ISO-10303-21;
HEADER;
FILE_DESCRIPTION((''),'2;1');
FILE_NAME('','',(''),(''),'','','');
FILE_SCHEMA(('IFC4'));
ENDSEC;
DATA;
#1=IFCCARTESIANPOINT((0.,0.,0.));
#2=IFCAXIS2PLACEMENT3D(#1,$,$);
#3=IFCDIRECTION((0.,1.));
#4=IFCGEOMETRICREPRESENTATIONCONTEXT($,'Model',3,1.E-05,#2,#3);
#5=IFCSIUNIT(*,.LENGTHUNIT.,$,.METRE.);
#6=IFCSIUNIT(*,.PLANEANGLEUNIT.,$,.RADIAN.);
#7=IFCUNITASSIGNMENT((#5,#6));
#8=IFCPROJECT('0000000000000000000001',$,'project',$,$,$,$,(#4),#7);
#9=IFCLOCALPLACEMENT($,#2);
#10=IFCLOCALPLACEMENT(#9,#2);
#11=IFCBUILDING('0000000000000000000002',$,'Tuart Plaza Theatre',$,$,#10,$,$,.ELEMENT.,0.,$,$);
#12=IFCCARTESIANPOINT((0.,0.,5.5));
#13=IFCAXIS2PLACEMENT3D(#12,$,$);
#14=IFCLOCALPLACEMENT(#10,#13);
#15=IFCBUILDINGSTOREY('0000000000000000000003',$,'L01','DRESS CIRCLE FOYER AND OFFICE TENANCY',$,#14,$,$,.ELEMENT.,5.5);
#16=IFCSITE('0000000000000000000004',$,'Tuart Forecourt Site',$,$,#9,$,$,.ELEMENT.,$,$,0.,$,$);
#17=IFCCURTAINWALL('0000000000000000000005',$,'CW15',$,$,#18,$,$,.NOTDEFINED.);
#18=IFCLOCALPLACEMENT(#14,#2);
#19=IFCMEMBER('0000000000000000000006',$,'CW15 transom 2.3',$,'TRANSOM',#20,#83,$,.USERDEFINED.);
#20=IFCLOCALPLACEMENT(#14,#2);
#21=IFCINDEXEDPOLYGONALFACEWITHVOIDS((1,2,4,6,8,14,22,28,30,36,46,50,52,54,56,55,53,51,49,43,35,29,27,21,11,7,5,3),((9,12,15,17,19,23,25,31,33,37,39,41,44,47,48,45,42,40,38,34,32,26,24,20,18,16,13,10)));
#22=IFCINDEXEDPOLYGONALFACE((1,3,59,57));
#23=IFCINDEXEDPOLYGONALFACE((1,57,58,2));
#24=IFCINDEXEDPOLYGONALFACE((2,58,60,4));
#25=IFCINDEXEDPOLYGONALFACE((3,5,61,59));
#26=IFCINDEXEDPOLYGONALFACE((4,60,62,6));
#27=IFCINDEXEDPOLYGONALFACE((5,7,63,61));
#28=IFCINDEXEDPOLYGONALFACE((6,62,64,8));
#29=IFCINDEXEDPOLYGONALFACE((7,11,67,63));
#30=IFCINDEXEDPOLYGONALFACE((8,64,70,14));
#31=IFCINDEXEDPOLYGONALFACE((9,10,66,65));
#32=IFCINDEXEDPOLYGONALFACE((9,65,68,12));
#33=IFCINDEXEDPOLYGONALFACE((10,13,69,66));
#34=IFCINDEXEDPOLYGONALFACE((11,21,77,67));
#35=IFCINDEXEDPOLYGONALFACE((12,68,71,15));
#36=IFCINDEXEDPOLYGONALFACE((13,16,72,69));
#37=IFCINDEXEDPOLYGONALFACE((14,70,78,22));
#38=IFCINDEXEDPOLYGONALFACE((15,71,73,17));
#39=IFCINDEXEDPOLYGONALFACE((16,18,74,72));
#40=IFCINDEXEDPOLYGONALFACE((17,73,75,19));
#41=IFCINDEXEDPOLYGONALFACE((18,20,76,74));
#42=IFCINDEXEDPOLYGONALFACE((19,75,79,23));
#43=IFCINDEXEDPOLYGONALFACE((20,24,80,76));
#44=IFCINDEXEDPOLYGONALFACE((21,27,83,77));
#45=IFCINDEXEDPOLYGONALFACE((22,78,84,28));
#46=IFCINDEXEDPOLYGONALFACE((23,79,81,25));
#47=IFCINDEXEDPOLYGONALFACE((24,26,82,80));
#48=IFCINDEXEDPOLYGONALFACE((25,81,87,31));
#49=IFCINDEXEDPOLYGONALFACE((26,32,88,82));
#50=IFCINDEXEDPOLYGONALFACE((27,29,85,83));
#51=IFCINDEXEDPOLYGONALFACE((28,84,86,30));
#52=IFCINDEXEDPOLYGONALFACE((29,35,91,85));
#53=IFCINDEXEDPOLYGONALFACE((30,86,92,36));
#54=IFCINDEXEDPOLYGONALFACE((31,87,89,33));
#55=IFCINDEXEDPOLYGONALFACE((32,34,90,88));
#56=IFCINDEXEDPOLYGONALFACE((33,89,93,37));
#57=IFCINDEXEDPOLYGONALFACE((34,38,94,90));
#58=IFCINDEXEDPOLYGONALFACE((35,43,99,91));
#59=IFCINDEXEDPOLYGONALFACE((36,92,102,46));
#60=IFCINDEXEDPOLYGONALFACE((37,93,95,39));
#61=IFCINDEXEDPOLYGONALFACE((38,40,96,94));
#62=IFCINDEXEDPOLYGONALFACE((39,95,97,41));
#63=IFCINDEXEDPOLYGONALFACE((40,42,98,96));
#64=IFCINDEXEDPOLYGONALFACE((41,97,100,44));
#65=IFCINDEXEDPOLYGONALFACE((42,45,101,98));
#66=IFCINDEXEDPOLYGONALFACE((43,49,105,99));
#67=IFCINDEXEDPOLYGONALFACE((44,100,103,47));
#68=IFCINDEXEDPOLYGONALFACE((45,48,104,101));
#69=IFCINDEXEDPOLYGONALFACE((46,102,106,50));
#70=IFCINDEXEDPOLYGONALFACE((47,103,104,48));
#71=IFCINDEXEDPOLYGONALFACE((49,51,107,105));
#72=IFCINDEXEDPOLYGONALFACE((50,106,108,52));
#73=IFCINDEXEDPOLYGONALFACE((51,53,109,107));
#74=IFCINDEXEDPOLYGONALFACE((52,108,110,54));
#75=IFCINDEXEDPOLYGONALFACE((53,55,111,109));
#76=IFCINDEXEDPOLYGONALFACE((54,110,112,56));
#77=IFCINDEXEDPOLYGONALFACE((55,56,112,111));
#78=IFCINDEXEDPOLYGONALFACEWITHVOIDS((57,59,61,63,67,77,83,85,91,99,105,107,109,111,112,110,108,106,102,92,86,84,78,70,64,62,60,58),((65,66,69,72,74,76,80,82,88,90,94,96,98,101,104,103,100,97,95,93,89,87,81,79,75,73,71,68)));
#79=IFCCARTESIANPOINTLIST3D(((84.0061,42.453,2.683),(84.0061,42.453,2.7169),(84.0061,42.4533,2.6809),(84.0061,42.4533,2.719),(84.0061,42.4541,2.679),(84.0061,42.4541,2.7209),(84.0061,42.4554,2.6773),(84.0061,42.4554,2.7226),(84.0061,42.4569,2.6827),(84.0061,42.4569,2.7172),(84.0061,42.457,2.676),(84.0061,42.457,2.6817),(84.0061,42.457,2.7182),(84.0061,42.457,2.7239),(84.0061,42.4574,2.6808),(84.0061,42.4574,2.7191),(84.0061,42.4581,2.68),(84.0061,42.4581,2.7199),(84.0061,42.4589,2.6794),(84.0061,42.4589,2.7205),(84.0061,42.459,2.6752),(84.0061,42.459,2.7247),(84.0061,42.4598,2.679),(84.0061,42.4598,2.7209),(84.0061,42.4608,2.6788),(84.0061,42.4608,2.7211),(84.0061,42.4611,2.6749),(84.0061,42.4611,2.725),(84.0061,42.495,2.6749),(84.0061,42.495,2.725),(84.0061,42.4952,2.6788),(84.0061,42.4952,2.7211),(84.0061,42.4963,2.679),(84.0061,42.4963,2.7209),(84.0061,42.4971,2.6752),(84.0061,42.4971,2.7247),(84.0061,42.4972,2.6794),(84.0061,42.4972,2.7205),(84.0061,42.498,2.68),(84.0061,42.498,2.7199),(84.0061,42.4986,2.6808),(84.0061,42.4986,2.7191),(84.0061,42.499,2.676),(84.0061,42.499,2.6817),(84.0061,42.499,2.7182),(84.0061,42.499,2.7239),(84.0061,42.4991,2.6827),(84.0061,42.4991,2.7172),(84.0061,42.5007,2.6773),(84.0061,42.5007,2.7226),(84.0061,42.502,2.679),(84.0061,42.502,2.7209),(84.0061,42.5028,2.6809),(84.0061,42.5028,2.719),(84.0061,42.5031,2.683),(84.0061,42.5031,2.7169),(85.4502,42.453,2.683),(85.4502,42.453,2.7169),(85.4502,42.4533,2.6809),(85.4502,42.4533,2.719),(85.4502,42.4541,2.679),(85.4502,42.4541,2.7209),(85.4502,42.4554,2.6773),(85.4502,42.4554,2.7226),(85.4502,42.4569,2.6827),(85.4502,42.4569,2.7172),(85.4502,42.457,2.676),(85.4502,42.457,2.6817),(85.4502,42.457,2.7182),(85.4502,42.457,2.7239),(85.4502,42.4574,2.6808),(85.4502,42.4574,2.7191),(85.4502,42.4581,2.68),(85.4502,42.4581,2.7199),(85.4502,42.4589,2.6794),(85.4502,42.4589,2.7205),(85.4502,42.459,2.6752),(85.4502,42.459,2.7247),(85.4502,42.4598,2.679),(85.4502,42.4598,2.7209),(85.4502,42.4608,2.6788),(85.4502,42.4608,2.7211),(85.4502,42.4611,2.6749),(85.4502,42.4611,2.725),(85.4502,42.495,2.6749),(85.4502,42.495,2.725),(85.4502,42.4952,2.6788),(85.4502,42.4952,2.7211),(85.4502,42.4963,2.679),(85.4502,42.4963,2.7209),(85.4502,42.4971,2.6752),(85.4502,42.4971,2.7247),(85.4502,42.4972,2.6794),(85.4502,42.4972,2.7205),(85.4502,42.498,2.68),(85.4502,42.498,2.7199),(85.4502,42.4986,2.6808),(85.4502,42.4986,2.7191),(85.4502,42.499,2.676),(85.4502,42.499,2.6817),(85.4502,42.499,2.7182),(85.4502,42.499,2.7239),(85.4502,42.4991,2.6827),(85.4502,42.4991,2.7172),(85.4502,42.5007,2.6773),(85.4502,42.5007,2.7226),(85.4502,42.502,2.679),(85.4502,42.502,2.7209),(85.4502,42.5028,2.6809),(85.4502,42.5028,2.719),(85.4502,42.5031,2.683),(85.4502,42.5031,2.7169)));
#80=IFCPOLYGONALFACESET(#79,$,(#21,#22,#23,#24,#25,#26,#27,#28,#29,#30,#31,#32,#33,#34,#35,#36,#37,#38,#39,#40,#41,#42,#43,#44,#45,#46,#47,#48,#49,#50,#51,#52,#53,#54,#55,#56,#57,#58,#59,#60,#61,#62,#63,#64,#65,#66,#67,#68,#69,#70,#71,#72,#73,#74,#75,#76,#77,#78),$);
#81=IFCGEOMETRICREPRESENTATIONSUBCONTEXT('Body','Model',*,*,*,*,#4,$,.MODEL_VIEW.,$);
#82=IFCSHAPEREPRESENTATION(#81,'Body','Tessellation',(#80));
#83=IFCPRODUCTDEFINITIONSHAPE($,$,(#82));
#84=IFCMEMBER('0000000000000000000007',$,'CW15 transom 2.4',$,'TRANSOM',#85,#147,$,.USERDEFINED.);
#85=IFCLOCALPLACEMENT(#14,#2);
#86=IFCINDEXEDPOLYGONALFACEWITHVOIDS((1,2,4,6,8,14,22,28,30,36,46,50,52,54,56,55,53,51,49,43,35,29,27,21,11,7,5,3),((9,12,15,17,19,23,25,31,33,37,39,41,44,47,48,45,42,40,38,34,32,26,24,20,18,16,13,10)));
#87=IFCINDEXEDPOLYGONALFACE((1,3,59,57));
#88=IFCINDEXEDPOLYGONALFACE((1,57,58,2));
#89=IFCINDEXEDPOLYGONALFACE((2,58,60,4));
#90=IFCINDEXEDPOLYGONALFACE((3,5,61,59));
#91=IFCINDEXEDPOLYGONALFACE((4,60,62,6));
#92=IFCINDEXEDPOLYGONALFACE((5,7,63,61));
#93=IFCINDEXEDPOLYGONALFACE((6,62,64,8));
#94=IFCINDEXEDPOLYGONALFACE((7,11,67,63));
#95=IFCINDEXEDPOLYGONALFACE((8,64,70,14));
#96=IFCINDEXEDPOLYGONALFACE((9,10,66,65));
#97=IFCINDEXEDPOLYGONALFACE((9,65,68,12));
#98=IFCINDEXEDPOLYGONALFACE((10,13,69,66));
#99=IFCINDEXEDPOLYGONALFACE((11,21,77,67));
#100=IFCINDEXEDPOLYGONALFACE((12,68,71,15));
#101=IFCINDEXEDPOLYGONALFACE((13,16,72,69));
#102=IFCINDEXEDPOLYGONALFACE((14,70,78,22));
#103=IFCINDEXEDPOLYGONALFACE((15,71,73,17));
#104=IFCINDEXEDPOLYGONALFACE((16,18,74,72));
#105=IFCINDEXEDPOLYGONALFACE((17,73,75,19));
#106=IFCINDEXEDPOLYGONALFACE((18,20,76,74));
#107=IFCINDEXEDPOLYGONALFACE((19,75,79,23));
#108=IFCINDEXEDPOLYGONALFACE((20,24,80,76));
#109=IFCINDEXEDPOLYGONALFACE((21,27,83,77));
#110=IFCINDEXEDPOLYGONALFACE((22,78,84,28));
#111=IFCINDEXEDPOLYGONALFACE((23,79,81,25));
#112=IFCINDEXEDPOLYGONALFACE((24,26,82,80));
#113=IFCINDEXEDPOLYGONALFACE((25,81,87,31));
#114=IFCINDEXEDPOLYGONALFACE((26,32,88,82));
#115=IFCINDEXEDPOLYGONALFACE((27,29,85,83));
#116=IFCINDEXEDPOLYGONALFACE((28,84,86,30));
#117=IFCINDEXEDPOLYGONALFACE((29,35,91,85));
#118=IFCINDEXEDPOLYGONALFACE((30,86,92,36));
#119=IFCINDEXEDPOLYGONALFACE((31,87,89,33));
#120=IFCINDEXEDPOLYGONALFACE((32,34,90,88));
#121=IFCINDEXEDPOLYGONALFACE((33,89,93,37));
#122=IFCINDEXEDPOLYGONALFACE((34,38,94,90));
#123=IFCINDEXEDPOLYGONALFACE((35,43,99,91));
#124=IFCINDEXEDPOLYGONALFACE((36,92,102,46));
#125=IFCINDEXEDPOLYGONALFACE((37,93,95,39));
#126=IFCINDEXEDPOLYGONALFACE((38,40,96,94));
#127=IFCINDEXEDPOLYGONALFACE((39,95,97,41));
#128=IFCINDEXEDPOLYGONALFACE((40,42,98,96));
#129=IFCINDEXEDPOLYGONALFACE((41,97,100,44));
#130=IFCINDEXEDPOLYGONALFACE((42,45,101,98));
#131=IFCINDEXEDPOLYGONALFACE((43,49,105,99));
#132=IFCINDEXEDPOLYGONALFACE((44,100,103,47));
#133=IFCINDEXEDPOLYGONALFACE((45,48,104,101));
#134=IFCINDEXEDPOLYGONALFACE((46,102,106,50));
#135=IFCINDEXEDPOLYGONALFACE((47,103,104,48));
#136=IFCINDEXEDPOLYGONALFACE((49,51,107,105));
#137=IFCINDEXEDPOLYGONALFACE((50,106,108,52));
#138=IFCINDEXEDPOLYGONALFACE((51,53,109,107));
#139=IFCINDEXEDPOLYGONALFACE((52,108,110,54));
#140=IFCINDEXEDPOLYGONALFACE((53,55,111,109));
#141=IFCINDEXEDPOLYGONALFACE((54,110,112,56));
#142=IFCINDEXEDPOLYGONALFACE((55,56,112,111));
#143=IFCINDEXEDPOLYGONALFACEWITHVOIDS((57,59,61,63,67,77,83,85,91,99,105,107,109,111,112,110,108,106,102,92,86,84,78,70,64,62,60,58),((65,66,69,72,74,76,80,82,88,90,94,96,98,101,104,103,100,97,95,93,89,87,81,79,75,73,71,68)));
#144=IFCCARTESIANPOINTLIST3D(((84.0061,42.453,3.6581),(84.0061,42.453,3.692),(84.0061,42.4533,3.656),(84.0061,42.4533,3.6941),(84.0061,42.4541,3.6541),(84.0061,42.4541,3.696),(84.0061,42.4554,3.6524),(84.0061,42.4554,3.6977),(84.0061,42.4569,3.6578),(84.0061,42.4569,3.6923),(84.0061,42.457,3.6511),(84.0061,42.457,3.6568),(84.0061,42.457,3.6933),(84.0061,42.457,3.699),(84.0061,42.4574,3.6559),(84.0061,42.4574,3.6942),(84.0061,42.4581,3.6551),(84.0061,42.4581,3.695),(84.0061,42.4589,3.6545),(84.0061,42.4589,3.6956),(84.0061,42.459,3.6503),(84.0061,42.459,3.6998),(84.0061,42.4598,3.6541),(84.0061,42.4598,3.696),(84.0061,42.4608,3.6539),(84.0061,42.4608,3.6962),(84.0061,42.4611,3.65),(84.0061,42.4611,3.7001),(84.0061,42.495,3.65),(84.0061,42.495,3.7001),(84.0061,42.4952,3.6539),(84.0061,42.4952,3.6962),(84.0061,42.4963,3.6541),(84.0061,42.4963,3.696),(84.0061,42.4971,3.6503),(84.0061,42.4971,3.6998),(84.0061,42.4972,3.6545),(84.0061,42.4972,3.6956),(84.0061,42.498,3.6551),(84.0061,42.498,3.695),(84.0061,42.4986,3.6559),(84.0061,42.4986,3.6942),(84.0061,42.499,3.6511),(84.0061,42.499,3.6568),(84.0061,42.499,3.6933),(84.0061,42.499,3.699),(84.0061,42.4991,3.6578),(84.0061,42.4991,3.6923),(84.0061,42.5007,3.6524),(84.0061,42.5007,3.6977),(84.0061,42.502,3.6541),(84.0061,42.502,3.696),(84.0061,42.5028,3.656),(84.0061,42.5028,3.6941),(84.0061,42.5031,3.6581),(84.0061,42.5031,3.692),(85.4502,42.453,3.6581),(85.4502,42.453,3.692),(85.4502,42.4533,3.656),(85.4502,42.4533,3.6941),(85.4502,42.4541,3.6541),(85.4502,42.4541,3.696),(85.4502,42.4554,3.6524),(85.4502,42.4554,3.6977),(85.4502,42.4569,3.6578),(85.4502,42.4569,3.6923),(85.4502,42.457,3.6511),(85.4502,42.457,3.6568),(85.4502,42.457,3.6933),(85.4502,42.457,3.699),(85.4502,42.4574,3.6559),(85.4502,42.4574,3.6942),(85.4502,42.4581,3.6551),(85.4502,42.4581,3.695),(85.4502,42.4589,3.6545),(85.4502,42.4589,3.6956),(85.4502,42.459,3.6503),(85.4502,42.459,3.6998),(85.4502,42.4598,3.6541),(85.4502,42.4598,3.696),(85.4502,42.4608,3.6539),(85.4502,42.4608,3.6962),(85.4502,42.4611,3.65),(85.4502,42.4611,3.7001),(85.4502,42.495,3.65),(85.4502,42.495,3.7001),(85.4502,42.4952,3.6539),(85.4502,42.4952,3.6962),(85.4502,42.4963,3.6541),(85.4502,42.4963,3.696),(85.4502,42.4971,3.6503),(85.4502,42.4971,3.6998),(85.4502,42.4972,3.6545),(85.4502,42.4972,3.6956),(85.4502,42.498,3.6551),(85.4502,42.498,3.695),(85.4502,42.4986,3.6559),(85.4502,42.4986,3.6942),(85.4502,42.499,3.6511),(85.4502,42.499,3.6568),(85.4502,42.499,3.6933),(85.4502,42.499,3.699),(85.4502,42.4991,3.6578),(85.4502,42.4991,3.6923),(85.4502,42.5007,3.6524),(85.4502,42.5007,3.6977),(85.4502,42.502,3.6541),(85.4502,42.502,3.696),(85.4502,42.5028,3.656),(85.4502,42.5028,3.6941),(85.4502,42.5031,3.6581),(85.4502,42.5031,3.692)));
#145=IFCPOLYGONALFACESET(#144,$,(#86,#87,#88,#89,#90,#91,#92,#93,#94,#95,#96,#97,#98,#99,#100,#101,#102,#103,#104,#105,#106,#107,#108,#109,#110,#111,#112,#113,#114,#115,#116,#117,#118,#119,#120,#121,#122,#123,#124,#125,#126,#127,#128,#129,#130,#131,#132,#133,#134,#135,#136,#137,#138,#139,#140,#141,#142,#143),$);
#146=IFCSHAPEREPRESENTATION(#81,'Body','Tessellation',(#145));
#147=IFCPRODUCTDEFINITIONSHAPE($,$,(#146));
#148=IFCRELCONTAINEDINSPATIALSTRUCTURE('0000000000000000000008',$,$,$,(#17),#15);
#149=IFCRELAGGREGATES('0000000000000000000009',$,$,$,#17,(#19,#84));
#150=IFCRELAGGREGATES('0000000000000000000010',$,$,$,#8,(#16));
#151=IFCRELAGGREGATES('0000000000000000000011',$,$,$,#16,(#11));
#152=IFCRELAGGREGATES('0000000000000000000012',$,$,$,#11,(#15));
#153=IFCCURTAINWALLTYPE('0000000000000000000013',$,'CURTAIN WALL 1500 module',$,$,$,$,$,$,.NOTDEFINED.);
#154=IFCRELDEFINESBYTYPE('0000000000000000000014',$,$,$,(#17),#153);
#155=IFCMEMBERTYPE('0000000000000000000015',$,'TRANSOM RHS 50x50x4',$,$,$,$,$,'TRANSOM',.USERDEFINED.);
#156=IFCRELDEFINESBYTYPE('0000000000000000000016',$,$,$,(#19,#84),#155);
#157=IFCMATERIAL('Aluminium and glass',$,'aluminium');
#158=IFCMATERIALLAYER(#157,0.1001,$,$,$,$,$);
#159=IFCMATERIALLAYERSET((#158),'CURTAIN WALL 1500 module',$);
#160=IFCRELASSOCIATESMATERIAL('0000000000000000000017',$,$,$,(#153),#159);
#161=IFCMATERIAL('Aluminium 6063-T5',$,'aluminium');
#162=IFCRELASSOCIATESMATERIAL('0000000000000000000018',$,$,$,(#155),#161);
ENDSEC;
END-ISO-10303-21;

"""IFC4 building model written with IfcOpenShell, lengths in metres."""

from ifc_helpers import new_model, si_unit, direction, frame, origin, origin_2d, place, context, subcontext, project, spatial, hollow_rectangle, extrude, material, layer, layer_set, material_profile, profile_set, type_object, element, aggregate, save


model = new_model("IFC4")

# Units and contexts
model_context = context("Model", 3, precision=1e-05, world=origin(), true_north=direction((0.0, 1.0)))
body_context = subcontext(model_context, "Body", "Model", "MODEL_VIEW")
ifc_project = project(units=[si_unit("LENGTHUNIT", "METRE"), si_unit("PLANEANGLEUNIT", "RADIAN")], contexts=[model_context])

# Site, building, storey
site_placement = place(None, origin())
site = spatial("IfcSite", under=ifc_project, at=site_placement, Name="Tuart Forecourt Site", CompositionType="ELEMENT", RefElevation=0.0)
building_placement = place(site_placement, origin())
building = spatial("IfcBuilding", under=site, at=building_placement, Name="Tuart Plaza Theatre", CompositionType="ELEMENT", ElevationOfRefHeight=0.0)
storey_placement = place(building_placement, frame((0.0, 0.0, 5.5)))
storey = spatial("IfcBuildingStorey", under=building, at=storey_placement, Name="L01", Description="DRESS CIRCLE FOYER AND OFFICE TENANCY", CompositionType="ELEMENT", Elevation=5.5)

# Curtain wall, members
ifc_material_1 = material(Name="Aluminium and glass", Category="aluminium")
ifc_layer_1 = layer(ifc_material_1, 0.1001)
ifc_layer_set_1 = layer_set([ifc_layer_1], Name="CURTAIN WALL 1500 module")
curtain_wall_type = type_object("IfcCurtainWallType", Name="CURTAIN WALL 1500 module", PredefinedType="NOTDEFINED", material=ifc_layer_set_1)
curtain_wall_placement = place(storey_placement, origin())
curtain_wall = element("IfcCurtainWall", 1, at=curtain_wall_placement, inside=storey, type_object=curtain_wall_type, Name="CW15", PredefinedType="NOTDEFINED")
ifc_material_2 = material(Name="Aluminium 6063-T5", Category="aluminium")
ifc_material_profile_1 = material_profile(ifc_material_2, hollow_rectangle(XDim=0.05, YDim=0.05, WallThickness=0.0039, InnerFilletRadius=0.0039, OuterFilletRadius=0.0081, at=origin_2d()), Name="RHS 50x50x4")
ifc_profile_set_1 = profile_set([ifc_material_profile_1], Name="Aluminium 6063-T5")
member_type_1 = type_object("IfcMemberType", Name="TRANSOM RHS 50x50x4", ElementType="TRANSOM", PredefinedType="USERDEFINED", material=ifc_profile_set_1)
member_1_placement = place(storey_placement, frame((84.0061, 42.478, 2.7), z_axis=(1.0, 0.0, 0.0), x_axis=(0.0, 1.0, 0.0)))
member_1 = element("IfcMember", 2, at=member_1_placement, type_object=member_type_1, Name="CW15 transom 2.3", ObjectType="TRANSOM", PredefinedType="USERDEFINED", context=body_context, shape_type="SweptSolid", body=[
    extrude(hollow_rectangle(XDim=0.05, YDim=0.05, WallThickness=0.0039, InnerFilletRadius=0.0039, OuterFilletRadius=0.0081, at=origin_2d()), origin(), (0.0, 0.0, 1.0), 1.4441),
])
member_2_placement = place(storey_placement, frame((84.0061, 42.478, 3.675), z_axis=(1.0, 0.0, 0.0), x_axis=(0.0, 1.0, 0.0)))
member_2 = element("IfcMember", 3, at=member_2_placement, type_object=member_type_1, Name="CW15 transom 2.4", ObjectType="TRANSOM", PredefinedType="USERDEFINED", context=body_context, shape_type="SweptSolid", body=[
    extrude(hollow_rectangle(XDim=0.05, YDim=0.05, WallThickness=0.0039, InnerFilletRadius=0.0039, OuterFilletRadius=0.0081, at=origin_2d()), origin(), (0.0, 0.0, 1.0), 1.4441),
])
aggregate(curtain_wall, [member_1, member_2])

save(model, "model.ifc")
